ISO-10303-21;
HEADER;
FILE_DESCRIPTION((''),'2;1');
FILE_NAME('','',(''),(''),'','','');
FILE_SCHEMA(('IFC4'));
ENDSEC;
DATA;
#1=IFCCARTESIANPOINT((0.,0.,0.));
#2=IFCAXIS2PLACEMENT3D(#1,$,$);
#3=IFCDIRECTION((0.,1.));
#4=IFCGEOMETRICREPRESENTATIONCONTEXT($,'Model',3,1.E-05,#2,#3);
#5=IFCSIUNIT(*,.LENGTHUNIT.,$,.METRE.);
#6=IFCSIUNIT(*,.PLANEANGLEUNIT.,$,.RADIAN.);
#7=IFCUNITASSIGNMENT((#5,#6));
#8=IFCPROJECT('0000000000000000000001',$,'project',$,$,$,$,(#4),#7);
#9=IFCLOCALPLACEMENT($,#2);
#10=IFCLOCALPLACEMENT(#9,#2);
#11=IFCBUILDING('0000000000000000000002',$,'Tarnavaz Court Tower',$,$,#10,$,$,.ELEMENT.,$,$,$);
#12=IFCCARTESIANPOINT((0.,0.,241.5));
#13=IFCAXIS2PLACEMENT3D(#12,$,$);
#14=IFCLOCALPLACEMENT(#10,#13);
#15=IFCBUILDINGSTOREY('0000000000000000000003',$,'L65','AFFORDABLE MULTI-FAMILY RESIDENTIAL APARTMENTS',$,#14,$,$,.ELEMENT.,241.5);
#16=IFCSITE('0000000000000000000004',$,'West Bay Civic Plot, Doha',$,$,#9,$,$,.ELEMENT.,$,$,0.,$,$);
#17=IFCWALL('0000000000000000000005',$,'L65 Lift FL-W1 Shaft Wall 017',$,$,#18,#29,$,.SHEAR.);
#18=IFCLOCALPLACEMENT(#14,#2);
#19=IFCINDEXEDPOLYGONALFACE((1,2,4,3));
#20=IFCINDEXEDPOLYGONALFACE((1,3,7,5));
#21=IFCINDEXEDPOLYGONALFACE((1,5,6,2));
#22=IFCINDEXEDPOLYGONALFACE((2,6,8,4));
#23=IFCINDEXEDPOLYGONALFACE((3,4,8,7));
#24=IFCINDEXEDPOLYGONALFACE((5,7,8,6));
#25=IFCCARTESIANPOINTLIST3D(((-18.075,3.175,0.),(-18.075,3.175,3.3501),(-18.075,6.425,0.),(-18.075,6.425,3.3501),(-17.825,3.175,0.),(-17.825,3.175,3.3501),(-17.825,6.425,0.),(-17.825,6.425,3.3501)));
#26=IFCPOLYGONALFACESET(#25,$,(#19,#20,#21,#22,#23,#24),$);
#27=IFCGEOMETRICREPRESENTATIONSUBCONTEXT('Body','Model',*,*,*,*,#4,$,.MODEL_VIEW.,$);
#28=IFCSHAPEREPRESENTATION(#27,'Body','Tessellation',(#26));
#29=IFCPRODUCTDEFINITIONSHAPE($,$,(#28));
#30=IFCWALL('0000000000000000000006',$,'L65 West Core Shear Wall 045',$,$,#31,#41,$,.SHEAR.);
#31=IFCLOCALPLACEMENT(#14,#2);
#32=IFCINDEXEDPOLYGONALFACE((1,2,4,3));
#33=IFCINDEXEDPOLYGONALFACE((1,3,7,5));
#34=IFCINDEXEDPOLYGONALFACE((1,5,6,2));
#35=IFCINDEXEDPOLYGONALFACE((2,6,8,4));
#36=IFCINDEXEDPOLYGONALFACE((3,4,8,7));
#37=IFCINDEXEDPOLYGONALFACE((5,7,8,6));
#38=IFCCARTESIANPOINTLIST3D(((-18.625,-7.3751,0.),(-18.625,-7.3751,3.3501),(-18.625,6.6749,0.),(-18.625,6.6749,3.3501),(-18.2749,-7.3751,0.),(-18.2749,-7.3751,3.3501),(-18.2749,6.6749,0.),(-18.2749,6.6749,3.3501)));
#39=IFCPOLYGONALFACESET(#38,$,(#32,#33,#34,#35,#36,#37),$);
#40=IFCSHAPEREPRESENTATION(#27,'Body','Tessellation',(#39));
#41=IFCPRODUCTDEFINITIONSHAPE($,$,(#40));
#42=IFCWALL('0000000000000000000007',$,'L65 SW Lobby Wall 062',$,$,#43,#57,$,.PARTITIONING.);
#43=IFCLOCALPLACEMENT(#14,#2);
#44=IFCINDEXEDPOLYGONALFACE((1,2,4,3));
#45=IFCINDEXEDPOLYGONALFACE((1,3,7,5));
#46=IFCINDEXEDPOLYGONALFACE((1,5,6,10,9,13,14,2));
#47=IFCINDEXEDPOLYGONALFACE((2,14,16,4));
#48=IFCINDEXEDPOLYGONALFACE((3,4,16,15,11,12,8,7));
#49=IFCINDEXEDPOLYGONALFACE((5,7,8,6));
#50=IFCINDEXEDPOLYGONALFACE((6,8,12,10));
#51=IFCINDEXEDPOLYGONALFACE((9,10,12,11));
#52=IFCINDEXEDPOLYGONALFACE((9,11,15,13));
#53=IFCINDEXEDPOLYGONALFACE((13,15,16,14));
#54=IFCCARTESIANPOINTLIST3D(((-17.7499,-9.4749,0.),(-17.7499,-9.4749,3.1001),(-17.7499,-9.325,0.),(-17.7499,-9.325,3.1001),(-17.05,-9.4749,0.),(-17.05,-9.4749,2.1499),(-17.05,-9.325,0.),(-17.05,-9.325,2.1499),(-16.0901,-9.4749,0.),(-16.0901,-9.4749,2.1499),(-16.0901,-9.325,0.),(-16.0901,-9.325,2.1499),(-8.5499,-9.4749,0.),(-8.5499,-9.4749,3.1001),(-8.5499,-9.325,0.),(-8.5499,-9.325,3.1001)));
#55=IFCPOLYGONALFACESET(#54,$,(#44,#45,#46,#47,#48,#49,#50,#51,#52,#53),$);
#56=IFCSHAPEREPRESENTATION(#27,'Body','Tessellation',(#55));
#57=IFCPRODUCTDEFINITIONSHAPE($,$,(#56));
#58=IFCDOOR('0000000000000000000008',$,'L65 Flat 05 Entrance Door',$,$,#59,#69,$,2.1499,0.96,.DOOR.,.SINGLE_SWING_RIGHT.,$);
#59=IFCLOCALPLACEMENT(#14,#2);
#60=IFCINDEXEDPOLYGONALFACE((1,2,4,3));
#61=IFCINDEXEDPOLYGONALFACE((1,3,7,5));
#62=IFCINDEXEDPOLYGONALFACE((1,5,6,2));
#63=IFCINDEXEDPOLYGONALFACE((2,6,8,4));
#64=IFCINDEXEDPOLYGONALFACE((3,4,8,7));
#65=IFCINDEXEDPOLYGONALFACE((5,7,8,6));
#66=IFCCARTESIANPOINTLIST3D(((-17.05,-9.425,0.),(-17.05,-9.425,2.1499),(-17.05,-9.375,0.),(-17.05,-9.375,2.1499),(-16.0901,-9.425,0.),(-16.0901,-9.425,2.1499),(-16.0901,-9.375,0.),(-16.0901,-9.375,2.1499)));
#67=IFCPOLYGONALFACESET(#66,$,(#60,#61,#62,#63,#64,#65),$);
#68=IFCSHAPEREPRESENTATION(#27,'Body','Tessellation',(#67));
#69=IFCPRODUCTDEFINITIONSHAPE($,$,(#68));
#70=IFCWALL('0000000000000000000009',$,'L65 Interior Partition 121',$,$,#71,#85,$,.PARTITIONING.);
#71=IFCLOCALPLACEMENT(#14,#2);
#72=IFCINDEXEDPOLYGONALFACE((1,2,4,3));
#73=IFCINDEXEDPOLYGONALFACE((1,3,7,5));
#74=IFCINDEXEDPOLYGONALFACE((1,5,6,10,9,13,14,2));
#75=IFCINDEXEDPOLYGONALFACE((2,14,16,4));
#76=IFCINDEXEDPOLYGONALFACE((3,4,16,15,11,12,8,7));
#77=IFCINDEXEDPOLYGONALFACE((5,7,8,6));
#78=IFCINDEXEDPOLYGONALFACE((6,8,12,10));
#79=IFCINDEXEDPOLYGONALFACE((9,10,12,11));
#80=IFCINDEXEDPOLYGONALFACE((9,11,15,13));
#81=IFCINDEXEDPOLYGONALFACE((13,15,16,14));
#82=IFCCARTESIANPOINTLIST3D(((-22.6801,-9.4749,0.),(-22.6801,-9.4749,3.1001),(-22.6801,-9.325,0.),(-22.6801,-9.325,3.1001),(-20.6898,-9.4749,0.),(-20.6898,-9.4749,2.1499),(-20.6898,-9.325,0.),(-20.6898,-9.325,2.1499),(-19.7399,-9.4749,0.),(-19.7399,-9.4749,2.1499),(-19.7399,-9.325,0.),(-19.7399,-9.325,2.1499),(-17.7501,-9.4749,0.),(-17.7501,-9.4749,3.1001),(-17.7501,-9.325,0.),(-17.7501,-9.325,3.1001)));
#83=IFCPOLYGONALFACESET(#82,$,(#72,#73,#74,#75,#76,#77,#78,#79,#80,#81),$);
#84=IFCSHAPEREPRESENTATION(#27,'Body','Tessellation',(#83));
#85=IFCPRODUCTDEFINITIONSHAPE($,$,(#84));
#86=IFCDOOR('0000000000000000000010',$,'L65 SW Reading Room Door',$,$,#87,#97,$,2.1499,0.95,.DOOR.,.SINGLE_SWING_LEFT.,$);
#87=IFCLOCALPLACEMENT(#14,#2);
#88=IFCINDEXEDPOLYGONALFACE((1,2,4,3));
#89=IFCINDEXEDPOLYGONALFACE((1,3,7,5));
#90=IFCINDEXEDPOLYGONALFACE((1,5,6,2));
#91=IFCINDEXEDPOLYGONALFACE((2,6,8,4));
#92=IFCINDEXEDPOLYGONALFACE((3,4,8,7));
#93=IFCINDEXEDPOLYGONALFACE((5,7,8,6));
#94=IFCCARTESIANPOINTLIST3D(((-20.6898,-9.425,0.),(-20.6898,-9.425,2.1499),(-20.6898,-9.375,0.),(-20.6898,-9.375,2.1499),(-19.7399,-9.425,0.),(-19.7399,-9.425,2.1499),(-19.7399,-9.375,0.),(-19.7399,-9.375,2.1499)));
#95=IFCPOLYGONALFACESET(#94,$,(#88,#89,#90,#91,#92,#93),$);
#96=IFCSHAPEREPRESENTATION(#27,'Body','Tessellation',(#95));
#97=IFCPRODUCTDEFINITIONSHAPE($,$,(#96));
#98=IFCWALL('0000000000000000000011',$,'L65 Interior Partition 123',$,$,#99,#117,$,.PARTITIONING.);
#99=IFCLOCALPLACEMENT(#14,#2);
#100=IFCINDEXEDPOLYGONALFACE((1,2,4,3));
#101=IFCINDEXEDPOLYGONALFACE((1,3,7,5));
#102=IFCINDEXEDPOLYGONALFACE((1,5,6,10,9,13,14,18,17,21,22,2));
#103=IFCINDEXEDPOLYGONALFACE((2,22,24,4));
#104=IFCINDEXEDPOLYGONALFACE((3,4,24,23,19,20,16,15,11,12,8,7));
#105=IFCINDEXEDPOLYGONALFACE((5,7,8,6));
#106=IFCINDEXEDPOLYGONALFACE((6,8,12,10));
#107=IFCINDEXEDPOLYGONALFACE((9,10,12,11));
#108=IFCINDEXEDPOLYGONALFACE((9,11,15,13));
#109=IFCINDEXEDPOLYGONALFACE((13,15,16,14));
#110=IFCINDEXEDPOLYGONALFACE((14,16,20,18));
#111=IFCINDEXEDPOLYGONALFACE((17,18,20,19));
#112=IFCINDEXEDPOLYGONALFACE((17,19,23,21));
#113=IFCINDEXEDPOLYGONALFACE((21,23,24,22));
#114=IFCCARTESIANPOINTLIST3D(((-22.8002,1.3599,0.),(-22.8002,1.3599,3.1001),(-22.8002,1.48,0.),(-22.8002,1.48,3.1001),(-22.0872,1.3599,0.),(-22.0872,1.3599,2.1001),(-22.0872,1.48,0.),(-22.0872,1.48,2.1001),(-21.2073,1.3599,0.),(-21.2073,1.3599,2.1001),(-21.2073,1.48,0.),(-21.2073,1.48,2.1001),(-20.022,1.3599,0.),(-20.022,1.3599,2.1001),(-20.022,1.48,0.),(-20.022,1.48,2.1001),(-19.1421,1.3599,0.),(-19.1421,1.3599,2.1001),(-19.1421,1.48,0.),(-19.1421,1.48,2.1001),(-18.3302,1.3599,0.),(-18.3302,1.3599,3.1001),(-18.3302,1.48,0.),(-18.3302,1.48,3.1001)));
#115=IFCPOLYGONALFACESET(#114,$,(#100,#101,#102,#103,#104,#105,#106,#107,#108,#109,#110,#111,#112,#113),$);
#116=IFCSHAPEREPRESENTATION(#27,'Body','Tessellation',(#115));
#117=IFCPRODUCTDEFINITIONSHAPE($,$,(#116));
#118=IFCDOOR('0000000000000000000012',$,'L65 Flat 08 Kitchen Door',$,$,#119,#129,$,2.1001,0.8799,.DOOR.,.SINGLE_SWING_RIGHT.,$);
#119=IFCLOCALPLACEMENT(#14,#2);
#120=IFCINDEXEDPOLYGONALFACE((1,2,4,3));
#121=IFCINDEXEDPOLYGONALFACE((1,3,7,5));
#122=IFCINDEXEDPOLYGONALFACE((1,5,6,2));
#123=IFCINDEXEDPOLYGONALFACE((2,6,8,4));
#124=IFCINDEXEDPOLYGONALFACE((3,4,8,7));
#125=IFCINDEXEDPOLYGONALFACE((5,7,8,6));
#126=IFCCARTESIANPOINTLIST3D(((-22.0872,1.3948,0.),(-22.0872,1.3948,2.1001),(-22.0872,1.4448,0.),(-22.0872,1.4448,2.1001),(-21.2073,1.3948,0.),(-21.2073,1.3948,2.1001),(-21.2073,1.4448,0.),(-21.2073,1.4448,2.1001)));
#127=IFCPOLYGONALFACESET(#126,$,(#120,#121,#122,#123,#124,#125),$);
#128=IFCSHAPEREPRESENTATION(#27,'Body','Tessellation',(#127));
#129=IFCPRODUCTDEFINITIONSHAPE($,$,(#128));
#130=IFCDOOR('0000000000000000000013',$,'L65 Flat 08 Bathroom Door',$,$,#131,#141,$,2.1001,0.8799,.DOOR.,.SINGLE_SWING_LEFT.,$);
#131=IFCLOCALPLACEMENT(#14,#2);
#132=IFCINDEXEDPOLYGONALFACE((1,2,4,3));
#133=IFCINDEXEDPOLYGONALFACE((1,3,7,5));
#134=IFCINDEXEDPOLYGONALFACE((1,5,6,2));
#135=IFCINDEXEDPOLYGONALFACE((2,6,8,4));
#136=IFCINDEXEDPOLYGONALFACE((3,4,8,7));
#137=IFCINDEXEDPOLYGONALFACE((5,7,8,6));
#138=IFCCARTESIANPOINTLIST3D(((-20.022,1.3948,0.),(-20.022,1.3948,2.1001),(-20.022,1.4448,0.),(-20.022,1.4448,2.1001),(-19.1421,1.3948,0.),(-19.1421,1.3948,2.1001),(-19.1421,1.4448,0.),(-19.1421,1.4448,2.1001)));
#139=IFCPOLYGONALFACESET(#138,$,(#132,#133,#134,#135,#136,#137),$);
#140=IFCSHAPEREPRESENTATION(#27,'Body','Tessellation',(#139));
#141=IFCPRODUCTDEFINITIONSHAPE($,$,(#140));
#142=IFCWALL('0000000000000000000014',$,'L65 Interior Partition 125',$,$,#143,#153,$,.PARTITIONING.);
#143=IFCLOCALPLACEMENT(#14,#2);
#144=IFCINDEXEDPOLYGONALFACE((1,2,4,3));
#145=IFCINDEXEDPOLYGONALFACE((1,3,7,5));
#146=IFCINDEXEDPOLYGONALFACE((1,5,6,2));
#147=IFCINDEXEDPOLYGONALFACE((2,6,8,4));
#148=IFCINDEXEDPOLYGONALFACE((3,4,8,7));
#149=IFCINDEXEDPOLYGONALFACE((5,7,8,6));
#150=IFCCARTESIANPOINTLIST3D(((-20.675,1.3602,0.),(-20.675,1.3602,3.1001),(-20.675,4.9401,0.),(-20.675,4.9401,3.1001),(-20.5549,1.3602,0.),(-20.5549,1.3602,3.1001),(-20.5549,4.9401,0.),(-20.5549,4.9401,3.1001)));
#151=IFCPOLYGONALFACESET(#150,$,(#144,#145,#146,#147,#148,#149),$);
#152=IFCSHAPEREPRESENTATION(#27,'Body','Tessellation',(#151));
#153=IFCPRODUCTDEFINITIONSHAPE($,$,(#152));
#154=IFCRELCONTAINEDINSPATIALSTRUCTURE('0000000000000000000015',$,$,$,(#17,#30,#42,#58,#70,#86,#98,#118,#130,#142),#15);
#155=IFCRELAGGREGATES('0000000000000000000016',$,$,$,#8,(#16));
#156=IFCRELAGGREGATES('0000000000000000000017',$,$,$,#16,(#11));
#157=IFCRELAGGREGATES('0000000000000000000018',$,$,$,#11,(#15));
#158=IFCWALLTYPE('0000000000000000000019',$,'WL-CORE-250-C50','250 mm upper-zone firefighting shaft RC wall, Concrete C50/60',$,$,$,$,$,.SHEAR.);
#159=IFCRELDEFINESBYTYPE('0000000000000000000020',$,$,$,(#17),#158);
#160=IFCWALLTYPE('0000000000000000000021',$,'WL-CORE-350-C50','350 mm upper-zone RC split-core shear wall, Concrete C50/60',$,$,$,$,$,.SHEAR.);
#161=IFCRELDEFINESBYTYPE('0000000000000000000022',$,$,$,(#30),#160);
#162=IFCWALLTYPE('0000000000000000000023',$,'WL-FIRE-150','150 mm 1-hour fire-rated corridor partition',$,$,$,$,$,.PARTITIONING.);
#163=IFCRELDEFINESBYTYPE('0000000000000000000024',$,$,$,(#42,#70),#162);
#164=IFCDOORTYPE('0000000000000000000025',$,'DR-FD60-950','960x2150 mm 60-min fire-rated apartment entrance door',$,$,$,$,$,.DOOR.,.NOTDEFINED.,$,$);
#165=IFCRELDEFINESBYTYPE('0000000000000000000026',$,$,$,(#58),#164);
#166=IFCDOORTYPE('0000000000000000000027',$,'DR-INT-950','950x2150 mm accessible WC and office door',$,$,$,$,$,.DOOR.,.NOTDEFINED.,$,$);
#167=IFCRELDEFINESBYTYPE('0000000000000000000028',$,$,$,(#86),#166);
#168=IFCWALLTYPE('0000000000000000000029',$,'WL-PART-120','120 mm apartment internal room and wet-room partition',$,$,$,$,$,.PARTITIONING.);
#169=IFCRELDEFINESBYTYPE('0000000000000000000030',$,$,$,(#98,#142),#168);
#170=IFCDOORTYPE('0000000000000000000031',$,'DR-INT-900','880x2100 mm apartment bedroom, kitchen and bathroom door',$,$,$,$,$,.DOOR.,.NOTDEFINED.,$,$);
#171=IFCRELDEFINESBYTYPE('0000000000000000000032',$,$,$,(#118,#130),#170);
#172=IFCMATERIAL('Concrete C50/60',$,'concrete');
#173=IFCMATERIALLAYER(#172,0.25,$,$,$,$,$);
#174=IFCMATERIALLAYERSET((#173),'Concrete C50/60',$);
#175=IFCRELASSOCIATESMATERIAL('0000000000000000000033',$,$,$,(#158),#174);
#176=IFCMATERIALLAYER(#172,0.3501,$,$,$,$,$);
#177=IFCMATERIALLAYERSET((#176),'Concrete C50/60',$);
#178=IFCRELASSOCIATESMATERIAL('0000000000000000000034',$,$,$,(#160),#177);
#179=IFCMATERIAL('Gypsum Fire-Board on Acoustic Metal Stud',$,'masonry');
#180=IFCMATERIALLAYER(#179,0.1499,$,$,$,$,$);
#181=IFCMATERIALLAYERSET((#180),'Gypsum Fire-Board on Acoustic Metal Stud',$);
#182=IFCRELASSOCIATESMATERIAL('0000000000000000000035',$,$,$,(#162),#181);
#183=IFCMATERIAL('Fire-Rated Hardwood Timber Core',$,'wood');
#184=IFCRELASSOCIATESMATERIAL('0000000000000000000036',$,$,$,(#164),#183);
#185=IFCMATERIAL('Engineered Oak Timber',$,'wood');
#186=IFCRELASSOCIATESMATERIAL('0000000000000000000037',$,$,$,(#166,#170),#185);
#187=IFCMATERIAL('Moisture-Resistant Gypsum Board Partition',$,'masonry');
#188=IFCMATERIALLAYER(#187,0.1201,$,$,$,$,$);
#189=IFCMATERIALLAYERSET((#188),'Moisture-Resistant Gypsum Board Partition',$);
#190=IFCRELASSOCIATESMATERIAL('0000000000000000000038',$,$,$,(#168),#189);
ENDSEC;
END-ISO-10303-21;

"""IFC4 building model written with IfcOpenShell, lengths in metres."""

from ifc_helpers import new_model, si_unit, direction, frame, frame_2d, origin, place, context, subcontext, project, spatial, rectangle, extrude, material, layer, layer_set, type_object, element, fill, save


model = new_model("IFC4")

# Units and contexts
model_context = context("Model", 3, precision=1e-05, world=origin(), true_north=direction((0.0, 1.0)))
body_context = subcontext(model_context, "Body", "Model", "MODEL_VIEW")
ifc_project = project(units=[si_unit("LENGTHUNIT", "METRE"), si_unit("PLANEANGLEUNIT", "RADIAN")], contexts=[model_context])

# Site, building, storey
site_placement = place(None, origin())
site = spatial("IfcSite", under=ifc_project, at=site_placement, Name="West Bay Civic Plot, Doha", CompositionType="ELEMENT", RefElevation=0.0)
building_placement = place(site_placement, origin())
building = spatial("IfcBuilding", under=site, at=building_placement, Name="Tarnavaz Court Tower", CompositionType="ELEMENT")
storey_placement = place(building_placement, frame((0.0, 0.0, 241.5)))
storey = spatial("IfcBuildingStorey", under=building, at=storey_placement, Name="L65", Description="AFFORDABLE MULTI-FAMILY RESIDENTIAL APARTMENTS", CompositionType="ELEMENT", Elevation=241.5)

# Shared definitions
ifc_material_1 = material(Name="Concrete C50/60", Category="concrete")

# Walls
ifc_layer_1 = layer(ifc_material_1, 0.25)
ifc_layer_set_1 = layer_set([ifc_layer_1], Name="Concrete C50/60")
wall_type_1 = type_object("IfcWallType", Name="WL-CORE-250-C50", Description="250 mm upper-zone firefighting shaft RC wall, Concrete C50/60", PredefinedType="SHEAR", material=ifc_layer_set_1)
wall_1_placement = place(storey_placement, frame((-17.95, 3.175, 0.0), z_axis=(0.0, 0.0, 1.0), x_axis=(0.0, 1.0, 0.0)))
element("IfcWall", 1, at=wall_1_placement, inside=storey, type_object=wall_type_1, Name="L65 Lift FL-W1 Shaft Wall 017", PredefinedType="SHEAR", context=body_context, shape_type="SweptSolid", body=[
    extrude(rectangle(XDim=3.25, YDim=0.25, at=frame_2d((1.625, 0.0))), origin(), (0.0, 0.0, 1.0), 3.3501),
])
ifc_layer_2 = layer(ifc_material_1, 0.3501)
ifc_layer_set_2 = layer_set([ifc_layer_2], Name="Concrete C50/60")
wall_type_2 = type_object("IfcWallType", Name="WL-CORE-350-C50", Description="350 mm upper-zone RC split-core shear wall, Concrete C50/60", PredefinedType="SHEAR", material=ifc_layer_set_2)
wall_2_placement = place(storey_placement, frame((-18.45, -7.375, 0.0), z_axis=(0.0, 0.0, 1.0), x_axis=(0.0, 1.0, 0.0)))
element("IfcWall", 2, at=wall_2_placement, inside=storey, type_object=wall_type_2, Name="L65 West Core Shear Wall 045", PredefinedType="SHEAR", context=body_context, shape_type="SweptSolid", body=[
    extrude(rectangle(XDim=14.05, YDim=0.3501, at=frame_2d((7.0249, 0.0))), origin(), (0.0, 0.0, 1.0), 3.3501),
])

# Walls, openings, doors
ifc_material_2 = material(Name="Fire-Rated Hardwood Timber Core", Category="wood")
ifc_material_3 = material(Name="Gypsum Fire-Board on Acoustic Metal Stud", Category="masonry")
ifc_layer_3 = layer(ifc_material_3, 0.1499)
ifc_layer_set_3 = layer_set([ifc_layer_3], Name="Gypsum Fire-Board on Acoustic Metal Stud")
wall_type_3 = type_object("IfcWallType", Name="WL-FIRE-150", Description="150 mm 1-hour fire-rated corridor partition", PredefinedType="PARTITIONING", material=ifc_layer_set_3)
wall_3_placement = place(storey_placement, frame((-17.75, -9.3999, 0.0), z_axis=(0.0, 0.0, 1.0), x_axis=(1.0, 0.0, 0.0)))
wall_3 = element("IfcWall", 3, at=wall_3_placement, inside=storey, type_object=wall_type_3, Name="L65 SW Lobby Wall 062", PredefinedType="PARTITIONING", context=body_context, shape_type="SweptSolid", body=[
    extrude(rectangle(XDim=9.2, YDim=0.1499, at=frame_2d((4.6001, 0.0))), origin(), (0.0, 0.0, 1.0), 3.1001),
])
opening_1_placement = place(wall_3_placement, frame((0.7, 0.0, 0.0)))
opening_1 = element("IfcOpeningElement", 4, at=opening_1_placement, cuts=wall_3, PredefinedType="OPENING", context=body_context, shape_type="SweptSolid", body=[
    extrude(rectangle(XDim=0.96, YDim=2.1499, at=frame_2d((0.48, 1.075))), frame((0.0, 0.085, 0.0), z_axis=(0.0, -1.0, 0.0), x_axis=(1.0, 0.0, 0.0)), (0.0, 0.0, 1.0), 0.1699),
])
door_type_1 = type_object("IfcDoorType", Name="DR-FD60-950", Description="960x2150 mm 60-min fire-rated apartment entrance door", OperationType="NOTDEFINED", PredefinedType="DOOR", material=ifc_material_2)
door_1_placement = place(opening_1_placement, origin())
door_1 = element("IfcDoor", 5, at=door_1_placement, inside=storey, type_object=door_type_1, Name="L65 Flat 05 Entrance Door", OperationType="SINGLE_SWING_RIGHT", OverallHeight=2.1499, OverallWidth=0.96, PredefinedType="DOOR", context=body_context, shape_type="SweptSolid", body=[
    extrude(rectangle(XDim=0.96, YDim=2.1499, at=frame_2d((0.48, 1.075))), frame((0.0, 0.0249, 0.0), z_axis=(0.0, -1.0, 0.0), x_axis=(1.0, 0.0, 0.0)), (0.0, 0.0, 1.0), 0.05),
])
fill(opening_1, door_1)
wall_4_placement = place(storey_placement, frame((-22.6799, -9.3999, 0.0), z_axis=(0.0, 0.0, 1.0), x_axis=(1.0, 0.0, 0.0)))
wall_4 = element("IfcWall", 6, at=wall_4_placement, inside=storey, type_object=wall_type_3, Name="L65 Interior Partition 121", PredefinedType="PARTITIONING", context=body_context, shape_type="SweptSolid", body=[
    extrude(rectangle(XDim=4.9299, YDim=0.1499, at=frame_2d((2.4648, 0.0))), origin(), (0.0, 0.0, 1.0), 3.1001),
])
opening_2_placement = place(wall_4_placement, frame((1.99, 0.0, 0.0)))
opening_2 = element("IfcOpeningElement", 7, at=opening_2_placement, cuts=wall_4, PredefinedType="OPENING", context=body_context, shape_type="SweptSolid", body=[
    extrude(rectangle(XDim=0.95, YDim=2.1499, at=frame_2d((0.4751, 1.075))), frame((0.0, 0.085, 0.0), z_axis=(0.0, -1.0, 0.0), x_axis=(1.0, 0.0, 0.0)), (0.0, 0.0, 1.0), 0.1699),
])
ifc_material_4 = material(Name="Engineered Oak Timber", Category="wood")
door_type_2 = type_object("IfcDoorType", Name="DR-INT-950", Description="950x2150 mm accessible WC and office door", OperationType="NOTDEFINED", PredefinedType="DOOR", material=ifc_material_4)
door_2_placement = place(opening_2_placement, origin())
door_2 = element("IfcDoor", 8, at=door_2_placement, inside=storey, type_object=door_type_2, Name="L65 SW Reading Room Door", OperationType="SINGLE_SWING_LEFT", OverallHeight=2.1499, OverallWidth=0.95, PredefinedType="DOOR", context=body_context, shape_type="SweptSolid", body=[
    extrude(rectangle(XDim=0.95, YDim=2.1499, at=frame_2d((0.4751, 1.075))), frame((0.0, 0.0249, 0.0), z_axis=(0.0, -1.0, 0.0), x_axis=(1.0, 0.0, 0.0)), (0.0, 0.0, 1.0), 0.05),
])
fill(opening_2, door_2)

# Wall, openings, doors
ifc_material_5 = material(Name="Moisture-Resistant Gypsum Board Partition", Category="masonry")
ifc_layer_4 = layer(ifc_material_5, 0.1201)
ifc_layer_set_4 = layer_set([ifc_layer_4], Name="Moisture-Resistant Gypsum Board Partition")
wall_type_4 = type_object("IfcWallType", Name="WL-PART-120", Description="120 mm apartment internal room and wet-room partition", PredefinedType="PARTITIONING", material=ifc_layer_set_4)
wall_5_placement = place(storey_placement, frame((-22.8, 1.4199, 0.0), z_axis=(0.0, 0.0, 1.0), x_axis=(1.0, 0.0, 0.0)))
wall_5 = element("IfcWall", 9, at=wall_5_placement, inside=storey, type_object=wall_type_4, Name="L65 Interior Partition 123", PredefinedType="PARTITIONING", context=body_context, shape_type="SweptSolid", body=[
    extrude(rectangle(XDim=4.47, YDim=0.1201, at=frame_2d((2.2349, 0.0))), origin(), (0.0, 0.0, 1.0), 3.1001),
])
opening_3_placement = place(wall_5_placement, frame((0.7129, 0.0, 0.0)))
opening_3 = element("IfcOpeningElement", 10, at=opening_3_placement, cuts=wall_5, PredefinedType="OPENING", context=body_context, shape_type="SweptSolid", body=[
    extrude(rectangle(XDim=0.8799, YDim=2.1001, at=frame_2d((0.4399, 1.05))), frame((0.0, 0.0701, 0.0), z_axis=(0.0, -1.0, 0.0), x_axis=(1.0, 0.0, 0.0)), (0.0, 0.0, 1.0), 0.1401),
])
opening_4_placement = place(wall_5_placement, frame((2.7781, 0.0, 0.0)))
opening_4 = element("IfcOpeningElement", 11, at=opening_4_placement, cuts=wall_5, PredefinedType="OPENING", context=body_context, shape_type="SweptSolid", body=[
    extrude(rectangle(XDim=0.8799, YDim=2.1001, at=frame_2d((0.4399, 1.05))), frame((0.0, 0.0701, 0.0), z_axis=(0.0, -1.0, 0.0), x_axis=(1.0, 0.0, 0.0)), (0.0, 0.0, 1.0), 0.1401),
])
door_type_3 = type_object("IfcDoorType", Name="DR-INT-900", Description="880x2100 mm apartment bedroom, kitchen and bathroom door", OperationType="NOTDEFINED", PredefinedType="DOOR", material=ifc_material_4)
door_3_placement = place(opening_3_placement, origin())
door_3 = element("IfcDoor", 12, at=door_3_placement, inside=storey, type_object=door_type_3, Name="L65 Flat 08 Kitchen Door", OperationType="SINGLE_SWING_RIGHT", OverallHeight=2.1001, OverallWidth=0.8799, PredefinedType="DOOR", context=body_context, shape_type="SweptSolid", body=[
    extrude(rectangle(XDim=0.8799, YDim=2.1001, at=frame_2d((0.4399, 1.05))), frame((0.0, 0.0249, 0.0), z_axis=(0.0, -1.0, 0.0), x_axis=(1.0, 0.0, 0.0)), (0.0, 0.0, 1.0), 0.05),
])
fill(opening_3, door_3)
door_4_placement = place(opening_4_placement, origin())
door_4 = element("IfcDoor", 13, at=door_4_placement, inside=storey, type_object=door_type_3, Name="L65 Flat 08 Bathroom Door", OperationType="SINGLE_SWING_LEFT", OverallHeight=2.1001, OverallWidth=0.8799, PredefinedType="DOOR", context=body_context, shape_type="SweptSolid", body=[
    extrude(rectangle(XDim=0.8799, YDim=2.1001, at=frame_2d((0.4399, 1.05))), frame((0.0, 0.0249, 0.0), z_axis=(0.0, -1.0, 0.0), x_axis=(1.0, 0.0, 0.0)), (0.0, 0.0, 1.0), 0.05),
])
fill(opening_4, door_4)

# Wall
wall_6_placement = place(storey_placement, frame((-20.615, 1.3601, 0.0), z_axis=(0.0, 0.0, 1.0), x_axis=(0.0, 1.0, 0.0)))
element("IfcWall", 14, at=wall_6_placement, inside=storey, type_object=wall_type_4, Name="L65 Interior Partition 125", PredefinedType="PARTITIONING", context=body_context, shape_type="SweptSolid", body=[
    extrude(rectangle(XDim=3.5798, YDim=0.1201, at=frame_2d((1.79, 0.0))), origin(), (0.0, 0.0, 1.0), 3.1001),
])

save(model, "model.ifc")
